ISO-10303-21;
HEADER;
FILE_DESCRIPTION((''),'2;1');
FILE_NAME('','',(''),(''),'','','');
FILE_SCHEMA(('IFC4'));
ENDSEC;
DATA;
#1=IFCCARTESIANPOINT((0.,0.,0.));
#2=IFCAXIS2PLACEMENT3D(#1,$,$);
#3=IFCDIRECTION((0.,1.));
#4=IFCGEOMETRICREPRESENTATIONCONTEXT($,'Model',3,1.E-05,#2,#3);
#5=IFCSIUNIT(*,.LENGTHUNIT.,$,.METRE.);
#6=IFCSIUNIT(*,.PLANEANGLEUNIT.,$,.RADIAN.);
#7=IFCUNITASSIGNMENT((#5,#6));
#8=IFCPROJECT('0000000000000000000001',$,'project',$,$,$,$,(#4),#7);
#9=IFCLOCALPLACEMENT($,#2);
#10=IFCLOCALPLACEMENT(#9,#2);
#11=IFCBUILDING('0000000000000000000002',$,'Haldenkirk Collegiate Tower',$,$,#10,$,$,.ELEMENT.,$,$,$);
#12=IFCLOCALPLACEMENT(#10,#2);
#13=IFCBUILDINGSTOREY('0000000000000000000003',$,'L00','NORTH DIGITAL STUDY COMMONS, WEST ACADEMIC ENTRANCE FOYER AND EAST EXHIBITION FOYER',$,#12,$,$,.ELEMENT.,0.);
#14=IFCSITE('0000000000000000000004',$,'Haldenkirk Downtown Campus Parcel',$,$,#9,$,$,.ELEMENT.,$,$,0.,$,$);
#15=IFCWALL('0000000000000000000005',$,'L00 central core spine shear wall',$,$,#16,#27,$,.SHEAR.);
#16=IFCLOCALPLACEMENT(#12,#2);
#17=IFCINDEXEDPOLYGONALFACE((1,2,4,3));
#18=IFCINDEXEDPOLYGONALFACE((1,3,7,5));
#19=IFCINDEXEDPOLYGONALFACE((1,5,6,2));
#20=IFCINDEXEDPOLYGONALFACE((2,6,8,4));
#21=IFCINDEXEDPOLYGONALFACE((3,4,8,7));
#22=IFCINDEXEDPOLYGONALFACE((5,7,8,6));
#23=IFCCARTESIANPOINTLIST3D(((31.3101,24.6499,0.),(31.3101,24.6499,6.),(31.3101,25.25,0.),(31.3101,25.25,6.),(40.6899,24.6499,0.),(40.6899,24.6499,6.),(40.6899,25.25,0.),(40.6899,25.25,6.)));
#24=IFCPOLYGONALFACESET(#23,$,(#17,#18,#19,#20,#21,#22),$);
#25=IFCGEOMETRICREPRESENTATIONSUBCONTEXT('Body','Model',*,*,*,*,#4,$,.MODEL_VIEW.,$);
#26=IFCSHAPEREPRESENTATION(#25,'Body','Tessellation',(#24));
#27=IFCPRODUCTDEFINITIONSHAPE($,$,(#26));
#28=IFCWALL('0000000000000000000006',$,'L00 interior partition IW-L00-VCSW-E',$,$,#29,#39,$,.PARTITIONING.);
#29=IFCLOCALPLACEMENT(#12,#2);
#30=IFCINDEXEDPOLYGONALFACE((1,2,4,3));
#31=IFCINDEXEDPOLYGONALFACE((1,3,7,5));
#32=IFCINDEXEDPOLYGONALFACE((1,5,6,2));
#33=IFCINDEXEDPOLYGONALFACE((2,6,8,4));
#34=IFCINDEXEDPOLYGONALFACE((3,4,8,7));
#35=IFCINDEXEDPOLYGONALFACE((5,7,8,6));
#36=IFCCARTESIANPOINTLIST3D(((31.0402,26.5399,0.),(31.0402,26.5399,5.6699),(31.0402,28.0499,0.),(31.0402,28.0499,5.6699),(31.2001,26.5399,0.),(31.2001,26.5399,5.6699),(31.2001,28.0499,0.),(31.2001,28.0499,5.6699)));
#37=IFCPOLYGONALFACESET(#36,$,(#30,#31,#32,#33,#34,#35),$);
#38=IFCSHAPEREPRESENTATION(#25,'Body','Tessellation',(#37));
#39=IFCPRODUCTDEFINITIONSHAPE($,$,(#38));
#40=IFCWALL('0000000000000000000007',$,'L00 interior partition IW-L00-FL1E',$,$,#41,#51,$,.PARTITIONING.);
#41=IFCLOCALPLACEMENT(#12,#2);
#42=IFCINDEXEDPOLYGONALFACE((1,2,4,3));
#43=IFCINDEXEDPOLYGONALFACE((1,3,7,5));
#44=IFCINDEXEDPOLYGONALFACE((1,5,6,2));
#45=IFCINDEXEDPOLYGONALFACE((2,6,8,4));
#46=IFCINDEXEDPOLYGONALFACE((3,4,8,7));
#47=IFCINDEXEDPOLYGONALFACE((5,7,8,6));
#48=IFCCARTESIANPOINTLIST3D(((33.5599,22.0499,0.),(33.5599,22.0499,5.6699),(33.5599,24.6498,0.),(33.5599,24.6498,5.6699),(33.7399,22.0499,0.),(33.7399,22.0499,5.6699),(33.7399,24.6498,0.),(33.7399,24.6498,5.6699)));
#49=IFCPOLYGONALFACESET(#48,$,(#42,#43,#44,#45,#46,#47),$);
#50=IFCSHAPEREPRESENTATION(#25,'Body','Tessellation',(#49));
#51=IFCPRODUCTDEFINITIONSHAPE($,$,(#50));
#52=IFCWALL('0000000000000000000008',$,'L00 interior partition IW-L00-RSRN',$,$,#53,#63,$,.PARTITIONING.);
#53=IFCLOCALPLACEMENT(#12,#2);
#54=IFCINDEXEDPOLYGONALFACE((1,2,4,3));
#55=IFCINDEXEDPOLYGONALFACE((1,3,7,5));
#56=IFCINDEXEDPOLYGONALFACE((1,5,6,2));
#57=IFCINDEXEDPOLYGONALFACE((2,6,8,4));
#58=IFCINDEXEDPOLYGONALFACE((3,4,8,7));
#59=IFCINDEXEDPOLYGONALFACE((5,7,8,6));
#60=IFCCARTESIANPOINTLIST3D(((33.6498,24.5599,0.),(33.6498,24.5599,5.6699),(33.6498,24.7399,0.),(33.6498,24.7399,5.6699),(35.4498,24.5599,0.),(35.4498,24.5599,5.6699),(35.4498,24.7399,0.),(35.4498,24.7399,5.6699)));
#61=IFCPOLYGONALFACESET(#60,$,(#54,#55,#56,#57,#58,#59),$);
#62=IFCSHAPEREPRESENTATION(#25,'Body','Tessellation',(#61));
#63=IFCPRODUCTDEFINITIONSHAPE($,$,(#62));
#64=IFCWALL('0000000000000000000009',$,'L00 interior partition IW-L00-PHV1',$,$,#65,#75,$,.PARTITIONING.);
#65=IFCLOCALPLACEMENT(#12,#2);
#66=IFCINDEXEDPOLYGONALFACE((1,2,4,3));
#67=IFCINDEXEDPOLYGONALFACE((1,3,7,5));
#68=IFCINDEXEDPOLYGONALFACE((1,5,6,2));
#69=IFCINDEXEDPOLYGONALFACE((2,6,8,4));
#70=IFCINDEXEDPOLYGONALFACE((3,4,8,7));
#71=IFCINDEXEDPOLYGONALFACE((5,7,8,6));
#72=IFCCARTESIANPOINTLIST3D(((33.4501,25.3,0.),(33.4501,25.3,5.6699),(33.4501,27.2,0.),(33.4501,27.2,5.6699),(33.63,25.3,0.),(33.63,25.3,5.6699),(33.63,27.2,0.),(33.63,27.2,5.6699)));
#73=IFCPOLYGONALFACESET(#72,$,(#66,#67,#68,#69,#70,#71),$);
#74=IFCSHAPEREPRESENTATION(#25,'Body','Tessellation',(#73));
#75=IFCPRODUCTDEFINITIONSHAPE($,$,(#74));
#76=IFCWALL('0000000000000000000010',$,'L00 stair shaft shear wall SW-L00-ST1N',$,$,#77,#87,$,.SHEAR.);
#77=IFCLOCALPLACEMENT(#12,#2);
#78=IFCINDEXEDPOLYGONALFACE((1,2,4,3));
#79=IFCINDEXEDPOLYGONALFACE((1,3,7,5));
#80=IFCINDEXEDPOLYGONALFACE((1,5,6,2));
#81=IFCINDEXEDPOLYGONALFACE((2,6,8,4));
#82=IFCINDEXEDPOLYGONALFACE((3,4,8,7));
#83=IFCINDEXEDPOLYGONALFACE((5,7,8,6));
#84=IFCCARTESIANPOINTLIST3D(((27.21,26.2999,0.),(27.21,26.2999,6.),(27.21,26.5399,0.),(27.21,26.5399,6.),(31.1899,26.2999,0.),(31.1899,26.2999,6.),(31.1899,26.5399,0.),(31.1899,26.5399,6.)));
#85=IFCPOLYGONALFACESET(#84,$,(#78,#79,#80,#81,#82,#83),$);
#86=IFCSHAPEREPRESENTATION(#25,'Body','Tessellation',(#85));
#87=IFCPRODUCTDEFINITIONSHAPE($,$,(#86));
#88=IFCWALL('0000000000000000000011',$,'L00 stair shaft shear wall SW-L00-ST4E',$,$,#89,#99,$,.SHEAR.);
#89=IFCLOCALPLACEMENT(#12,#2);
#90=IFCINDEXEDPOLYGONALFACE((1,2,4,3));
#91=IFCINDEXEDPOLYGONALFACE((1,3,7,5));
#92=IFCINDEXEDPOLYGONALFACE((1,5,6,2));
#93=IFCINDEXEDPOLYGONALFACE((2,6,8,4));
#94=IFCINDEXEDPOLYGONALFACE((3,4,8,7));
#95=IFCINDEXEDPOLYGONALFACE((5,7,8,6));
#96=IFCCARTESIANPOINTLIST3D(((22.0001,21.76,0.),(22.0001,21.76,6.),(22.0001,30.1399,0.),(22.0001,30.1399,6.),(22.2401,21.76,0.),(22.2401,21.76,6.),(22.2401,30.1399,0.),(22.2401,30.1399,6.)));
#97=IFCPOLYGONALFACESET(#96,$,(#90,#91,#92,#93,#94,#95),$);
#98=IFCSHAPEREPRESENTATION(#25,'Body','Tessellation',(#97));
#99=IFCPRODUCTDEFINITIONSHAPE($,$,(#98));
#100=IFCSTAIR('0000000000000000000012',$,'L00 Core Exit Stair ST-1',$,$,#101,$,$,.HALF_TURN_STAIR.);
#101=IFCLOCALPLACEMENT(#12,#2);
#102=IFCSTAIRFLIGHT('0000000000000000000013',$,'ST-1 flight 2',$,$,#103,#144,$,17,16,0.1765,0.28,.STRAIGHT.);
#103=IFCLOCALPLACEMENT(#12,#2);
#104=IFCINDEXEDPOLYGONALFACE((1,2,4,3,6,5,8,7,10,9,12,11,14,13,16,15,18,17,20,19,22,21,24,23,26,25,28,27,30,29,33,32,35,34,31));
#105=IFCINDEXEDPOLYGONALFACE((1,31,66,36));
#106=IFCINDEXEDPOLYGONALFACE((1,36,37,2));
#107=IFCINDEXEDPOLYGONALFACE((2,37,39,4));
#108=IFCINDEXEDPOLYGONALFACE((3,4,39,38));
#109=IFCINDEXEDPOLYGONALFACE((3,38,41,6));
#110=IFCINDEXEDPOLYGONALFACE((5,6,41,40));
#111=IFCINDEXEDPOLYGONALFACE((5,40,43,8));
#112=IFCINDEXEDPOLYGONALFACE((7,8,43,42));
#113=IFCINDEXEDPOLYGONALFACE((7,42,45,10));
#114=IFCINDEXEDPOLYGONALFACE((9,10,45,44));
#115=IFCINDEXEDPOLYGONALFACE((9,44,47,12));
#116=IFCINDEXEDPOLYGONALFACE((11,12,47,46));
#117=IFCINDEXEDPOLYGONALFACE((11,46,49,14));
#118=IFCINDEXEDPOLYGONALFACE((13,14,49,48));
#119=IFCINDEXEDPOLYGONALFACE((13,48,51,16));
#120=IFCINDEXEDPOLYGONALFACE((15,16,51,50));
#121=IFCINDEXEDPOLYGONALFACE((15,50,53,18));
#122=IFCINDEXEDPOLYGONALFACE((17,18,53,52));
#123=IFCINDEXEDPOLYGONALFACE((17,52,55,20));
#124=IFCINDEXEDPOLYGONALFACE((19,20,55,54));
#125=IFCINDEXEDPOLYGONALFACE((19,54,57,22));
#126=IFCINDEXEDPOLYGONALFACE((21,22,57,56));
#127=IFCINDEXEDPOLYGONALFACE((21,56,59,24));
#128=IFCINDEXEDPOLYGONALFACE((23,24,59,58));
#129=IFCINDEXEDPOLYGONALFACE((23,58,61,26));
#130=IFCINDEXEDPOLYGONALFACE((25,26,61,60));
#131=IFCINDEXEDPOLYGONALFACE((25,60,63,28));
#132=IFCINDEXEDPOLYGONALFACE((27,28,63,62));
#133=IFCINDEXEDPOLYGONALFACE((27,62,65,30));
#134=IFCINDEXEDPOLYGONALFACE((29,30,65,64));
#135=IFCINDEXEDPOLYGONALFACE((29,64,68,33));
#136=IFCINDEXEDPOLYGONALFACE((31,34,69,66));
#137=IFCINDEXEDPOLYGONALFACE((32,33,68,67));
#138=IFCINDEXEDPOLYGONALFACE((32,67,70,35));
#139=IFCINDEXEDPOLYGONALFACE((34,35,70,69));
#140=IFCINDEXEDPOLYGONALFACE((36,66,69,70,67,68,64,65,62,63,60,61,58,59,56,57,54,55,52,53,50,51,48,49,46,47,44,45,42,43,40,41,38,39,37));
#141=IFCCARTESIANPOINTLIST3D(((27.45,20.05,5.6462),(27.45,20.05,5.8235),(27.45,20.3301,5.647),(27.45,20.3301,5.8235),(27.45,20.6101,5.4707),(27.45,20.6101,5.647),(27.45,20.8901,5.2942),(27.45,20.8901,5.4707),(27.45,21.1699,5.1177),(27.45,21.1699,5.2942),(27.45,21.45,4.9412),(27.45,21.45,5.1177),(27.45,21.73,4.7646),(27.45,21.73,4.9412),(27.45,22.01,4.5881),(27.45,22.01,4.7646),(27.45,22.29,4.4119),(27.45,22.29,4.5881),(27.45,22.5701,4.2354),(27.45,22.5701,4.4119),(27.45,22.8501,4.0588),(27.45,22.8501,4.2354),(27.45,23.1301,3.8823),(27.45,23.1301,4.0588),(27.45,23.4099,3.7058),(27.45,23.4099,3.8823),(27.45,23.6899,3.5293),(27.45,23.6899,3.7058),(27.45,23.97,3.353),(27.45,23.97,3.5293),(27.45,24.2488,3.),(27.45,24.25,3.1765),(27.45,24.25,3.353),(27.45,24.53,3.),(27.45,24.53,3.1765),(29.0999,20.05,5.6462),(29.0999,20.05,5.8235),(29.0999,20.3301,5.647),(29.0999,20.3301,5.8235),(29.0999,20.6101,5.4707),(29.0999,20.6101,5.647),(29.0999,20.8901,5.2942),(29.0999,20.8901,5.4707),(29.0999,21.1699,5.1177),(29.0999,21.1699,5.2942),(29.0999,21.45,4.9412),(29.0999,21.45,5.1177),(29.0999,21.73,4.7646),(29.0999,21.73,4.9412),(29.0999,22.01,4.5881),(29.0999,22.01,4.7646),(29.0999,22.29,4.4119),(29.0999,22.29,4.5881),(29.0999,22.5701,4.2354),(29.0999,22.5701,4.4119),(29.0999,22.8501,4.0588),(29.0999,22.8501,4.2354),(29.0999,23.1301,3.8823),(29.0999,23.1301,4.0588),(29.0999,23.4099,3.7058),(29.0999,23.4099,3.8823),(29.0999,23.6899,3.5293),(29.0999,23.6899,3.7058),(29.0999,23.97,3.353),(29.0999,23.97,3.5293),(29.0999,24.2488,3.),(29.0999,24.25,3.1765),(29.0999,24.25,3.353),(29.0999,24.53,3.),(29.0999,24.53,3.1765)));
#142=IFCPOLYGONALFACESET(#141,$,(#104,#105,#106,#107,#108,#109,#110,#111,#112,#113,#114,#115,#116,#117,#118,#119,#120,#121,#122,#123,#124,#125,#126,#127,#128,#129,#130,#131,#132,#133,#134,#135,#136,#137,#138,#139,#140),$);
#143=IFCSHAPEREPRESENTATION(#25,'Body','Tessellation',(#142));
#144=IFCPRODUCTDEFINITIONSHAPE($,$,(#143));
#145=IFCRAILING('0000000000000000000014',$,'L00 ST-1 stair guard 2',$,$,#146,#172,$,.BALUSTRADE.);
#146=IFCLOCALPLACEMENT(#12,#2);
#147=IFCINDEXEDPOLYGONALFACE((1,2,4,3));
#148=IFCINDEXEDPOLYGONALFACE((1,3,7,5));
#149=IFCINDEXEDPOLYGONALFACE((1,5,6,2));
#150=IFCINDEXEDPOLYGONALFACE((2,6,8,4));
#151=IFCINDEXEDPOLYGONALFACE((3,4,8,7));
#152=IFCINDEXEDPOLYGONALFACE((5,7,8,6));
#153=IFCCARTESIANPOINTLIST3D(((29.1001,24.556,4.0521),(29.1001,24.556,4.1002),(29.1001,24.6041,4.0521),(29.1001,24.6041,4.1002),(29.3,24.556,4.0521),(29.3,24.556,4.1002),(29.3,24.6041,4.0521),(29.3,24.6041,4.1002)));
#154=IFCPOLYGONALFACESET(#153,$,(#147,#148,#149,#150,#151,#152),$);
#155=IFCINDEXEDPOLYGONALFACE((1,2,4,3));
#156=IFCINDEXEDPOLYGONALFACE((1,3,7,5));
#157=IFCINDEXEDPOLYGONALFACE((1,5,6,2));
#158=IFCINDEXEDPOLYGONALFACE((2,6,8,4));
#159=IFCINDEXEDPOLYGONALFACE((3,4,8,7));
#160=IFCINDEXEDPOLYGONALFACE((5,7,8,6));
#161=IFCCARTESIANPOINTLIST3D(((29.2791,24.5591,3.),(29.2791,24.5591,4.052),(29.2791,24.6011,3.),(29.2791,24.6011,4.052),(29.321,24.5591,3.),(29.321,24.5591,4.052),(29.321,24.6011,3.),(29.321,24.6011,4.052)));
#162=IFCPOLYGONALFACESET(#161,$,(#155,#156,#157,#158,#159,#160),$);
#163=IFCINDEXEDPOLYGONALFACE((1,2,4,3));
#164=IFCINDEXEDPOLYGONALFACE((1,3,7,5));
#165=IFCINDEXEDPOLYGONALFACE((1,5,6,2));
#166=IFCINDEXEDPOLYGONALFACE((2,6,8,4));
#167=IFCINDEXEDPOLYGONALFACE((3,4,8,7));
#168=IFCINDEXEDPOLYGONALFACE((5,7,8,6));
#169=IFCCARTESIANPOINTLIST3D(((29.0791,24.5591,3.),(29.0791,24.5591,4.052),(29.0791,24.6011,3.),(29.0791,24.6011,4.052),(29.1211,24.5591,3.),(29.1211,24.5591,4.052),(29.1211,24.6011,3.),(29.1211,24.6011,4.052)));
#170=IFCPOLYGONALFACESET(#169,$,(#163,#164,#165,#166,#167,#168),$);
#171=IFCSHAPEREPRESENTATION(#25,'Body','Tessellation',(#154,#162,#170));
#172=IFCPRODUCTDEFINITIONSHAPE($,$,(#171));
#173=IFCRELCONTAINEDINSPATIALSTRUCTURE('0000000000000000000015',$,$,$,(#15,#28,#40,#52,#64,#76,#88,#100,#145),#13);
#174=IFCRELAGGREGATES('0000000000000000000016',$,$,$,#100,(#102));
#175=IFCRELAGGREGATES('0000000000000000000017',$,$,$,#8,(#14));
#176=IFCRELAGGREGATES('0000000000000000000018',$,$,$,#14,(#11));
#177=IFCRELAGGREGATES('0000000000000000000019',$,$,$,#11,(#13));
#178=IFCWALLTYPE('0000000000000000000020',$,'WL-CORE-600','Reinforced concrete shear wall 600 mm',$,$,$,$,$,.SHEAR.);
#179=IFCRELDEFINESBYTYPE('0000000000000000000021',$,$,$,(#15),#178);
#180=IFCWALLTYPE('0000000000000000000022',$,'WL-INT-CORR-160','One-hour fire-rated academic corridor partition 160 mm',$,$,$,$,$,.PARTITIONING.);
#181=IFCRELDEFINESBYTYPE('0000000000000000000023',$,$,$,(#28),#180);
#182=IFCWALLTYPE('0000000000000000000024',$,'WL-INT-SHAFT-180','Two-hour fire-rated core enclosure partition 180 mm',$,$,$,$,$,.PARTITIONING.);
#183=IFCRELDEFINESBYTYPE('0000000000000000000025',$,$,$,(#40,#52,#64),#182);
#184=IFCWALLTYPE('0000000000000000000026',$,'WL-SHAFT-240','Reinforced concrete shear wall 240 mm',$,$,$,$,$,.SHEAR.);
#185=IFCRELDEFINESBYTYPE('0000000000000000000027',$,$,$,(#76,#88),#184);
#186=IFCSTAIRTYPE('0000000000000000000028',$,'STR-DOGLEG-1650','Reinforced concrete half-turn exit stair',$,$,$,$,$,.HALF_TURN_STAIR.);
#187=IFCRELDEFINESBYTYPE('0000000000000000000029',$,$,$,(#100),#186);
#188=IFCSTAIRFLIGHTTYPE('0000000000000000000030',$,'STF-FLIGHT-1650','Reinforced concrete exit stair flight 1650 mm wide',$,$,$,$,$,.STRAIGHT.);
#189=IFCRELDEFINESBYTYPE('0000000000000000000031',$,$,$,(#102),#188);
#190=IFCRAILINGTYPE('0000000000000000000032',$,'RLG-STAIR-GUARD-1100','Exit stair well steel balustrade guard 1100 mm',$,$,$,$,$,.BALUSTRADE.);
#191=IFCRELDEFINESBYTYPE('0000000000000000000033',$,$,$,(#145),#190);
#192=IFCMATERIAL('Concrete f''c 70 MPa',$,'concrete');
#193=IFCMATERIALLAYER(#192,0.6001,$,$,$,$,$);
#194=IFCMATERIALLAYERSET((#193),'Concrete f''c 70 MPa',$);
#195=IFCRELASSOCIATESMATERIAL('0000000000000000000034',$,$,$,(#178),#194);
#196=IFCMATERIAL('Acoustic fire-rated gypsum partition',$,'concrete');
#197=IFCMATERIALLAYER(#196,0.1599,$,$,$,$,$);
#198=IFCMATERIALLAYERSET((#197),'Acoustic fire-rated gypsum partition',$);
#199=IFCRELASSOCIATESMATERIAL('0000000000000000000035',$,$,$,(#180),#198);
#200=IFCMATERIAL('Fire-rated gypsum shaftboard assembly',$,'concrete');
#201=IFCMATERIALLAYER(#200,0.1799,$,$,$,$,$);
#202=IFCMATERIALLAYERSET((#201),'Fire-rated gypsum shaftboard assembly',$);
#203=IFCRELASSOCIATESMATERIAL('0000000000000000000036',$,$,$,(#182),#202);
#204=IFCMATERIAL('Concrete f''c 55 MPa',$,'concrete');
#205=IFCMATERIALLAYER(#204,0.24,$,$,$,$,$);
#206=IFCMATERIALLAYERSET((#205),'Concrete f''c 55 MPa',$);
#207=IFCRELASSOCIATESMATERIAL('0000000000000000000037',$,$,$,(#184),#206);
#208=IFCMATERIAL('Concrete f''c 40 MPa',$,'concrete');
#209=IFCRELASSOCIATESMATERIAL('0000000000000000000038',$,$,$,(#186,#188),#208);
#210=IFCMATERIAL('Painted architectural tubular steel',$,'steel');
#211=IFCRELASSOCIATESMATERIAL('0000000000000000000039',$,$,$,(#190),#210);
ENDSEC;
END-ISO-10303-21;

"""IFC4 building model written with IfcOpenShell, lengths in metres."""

from ifc_helpers import new_model, si_unit, direction, frame, frame_2d, origin, origin_2d, place, context, subcontext, project, spatial, polyline, rectangle, outline, extrude, material, layer, layer_set, type_object, element, aggregate, save


model = new_model("IFC4")

# Units and contexts
model_context = context("Model", 3, precision=1e-05, world=origin(), true_north=direction((0.0, 1.0)))
body_context = subcontext(model_context, "Body", "Model", "MODEL_VIEW")
ifc_project = project(units=[si_unit("LENGTHUNIT", "METRE"), si_unit("PLANEANGLEUNIT", "RADIAN")], contexts=[model_context])

# Site, building, storey
site_placement = place(None, origin())
site = spatial("IfcSite", under=ifc_project, at=site_placement, Name="Haldenkirk Downtown Campus Parcel", CompositionType="ELEMENT", RefElevation=0.0)
building_placement = place(site_placement, origin())
building = spatial("IfcBuilding", under=site, at=building_placement, Name="Haldenkirk Collegiate Tower", CompositionType="ELEMENT")
storey_placement = place(building_placement, origin())
storey = spatial("IfcBuildingStorey", under=building, at=storey_placement, Name="L00", Description="NORTH DIGITAL STUDY COMMONS, WEST ACADEMIC ENTRANCE FOYER AND EAST EXHIBITION FOYER", CompositionType="ELEMENT", Elevation=0.0)

# Walls
ifc_material_1 = material(Name="Concrete f'c 70 MPa", Category="concrete")
ifc_layer_1 = layer(ifc_material_1, 0.6001)
ifc_layer_set_1 = layer_set([ifc_layer_1], Name="Concrete f'c 70 MPa")
wall_type_1 = type_object("IfcWallType", Name="WL-CORE-600", Description="Reinforced concrete shear wall 600 mm", PredefinedType="SHEAR", material=ifc_layer_set_1)
wall_1_placement = place(storey_placement, frame((31.3101, 24.95, 0.0), z_axis=(0.0, 0.0, 1.0), x_axis=(1.0, 0.0, 0.0)))
element("IfcWall", 1, at=wall_1_placement, inside=storey, type_object=wall_type_1, Name="L00 central core spine shear wall", PredefinedType="SHEAR", context=body_context, shape_type="SweptSolid", body=[
    extrude(rectangle(XDim=9.3799, YDim=0.6001, at=frame_2d((4.6899, 0.0))), origin(), (0.0, 0.0, 1.0), 6.0),
])
ifc_material_2 = material(Name="Acoustic fire-rated gypsum partition", Category="concrete")
ifc_layer_2 = layer(ifc_material_2, 0.1599)
ifc_layer_set_2 = layer_set([ifc_layer_2], Name="Acoustic fire-rated gypsum partition")
wall_type_2 = type_object("IfcWallType", Name="WL-INT-CORR-160", Description="One-hour fire-rated academic corridor partition 160 mm", PredefinedType="PARTITIONING", material=ifc_layer_set_2)
wall_2_placement = place(storey_placement, frame((31.1201, 26.54, 0.0), z_axis=(0.0, 0.0, 1.0), x_axis=(0.0, 1.0, 0.0)))
element("IfcWall", 2, at=wall_2_placement, inside=storey, type_object=wall_type_2, Name="L00 interior partition IW-L00-VCSW-E", PredefinedType="PARTITIONING", context=body_context, shape_type="SweptSolid", body=[
    extrude(rectangle(XDim=1.51, YDim=0.1599, at=frame_2d((0.7549, 0.0))), origin(), (0.0, 0.0, 1.0), 5.6699),
])
ifc_material_3 = material(Name="Fire-rated gypsum shaftboard assembly", Category="concrete")
ifc_layer_3 = layer(ifc_material_3, 0.1799)
ifc_layer_set_3 = layer_set([ifc_layer_3], Name="Fire-rated gypsum shaftboard assembly")
wall_type_3 = type_object("IfcWallType", Name="WL-INT-SHAFT-180", Description="Two-hour fire-rated core enclosure partition 180 mm", PredefinedType="PARTITIONING", material=ifc_layer_set_3)
wall_3_placement = place(storey_placement, frame((33.6499, 22.05, 0.0), z_axis=(0.0, 0.0, 1.0), x_axis=(0.0, 1.0, 0.0)))
element("IfcWall", 3, at=wall_3_placement, inside=storey, type_object=wall_type_3, Name="L00 interior partition IW-L00-FL1E", PredefinedType="PARTITIONING", context=body_context, shape_type="SweptSolid", body=[
    extrude(rectangle(XDim=2.5999, YDim=0.1799, at=frame_2d((1.2998, 0.0))), origin(), (0.0, 0.0, 1.0), 5.6699),
])
wall_4_placement = place(storey_placement, frame((33.6499, 24.6499, 0.0), z_axis=(0.0, 0.0, 1.0), x_axis=(1.0, 0.0, 0.0)))
element("IfcWall", 4, at=wall_4_placement, inside=storey, type_object=wall_type_3, Name="L00 interior partition IW-L00-RSRN", PredefinedType="PARTITIONING", context=body_context, shape_type="SweptSolid", body=[
    extrude(rectangle(XDim=1.8, YDim=0.1799, at=frame_2d((0.8999, 0.0))), origin(), (0.0, 0.0, 1.0), 5.6699),
])
wall_5_placement = place(storey_placement, frame((33.54, 25.3, 0.0), z_axis=(0.0, 0.0, 1.0), x_axis=(0.0, 1.0, 0.0)))
element("IfcWall", 5, at=wall_5_placement, inside=storey, type_object=wall_type_3, Name="L00 interior partition IW-L00-PHV1", PredefinedType="PARTITIONING", context=body_context, shape_type="SweptSolid", body=[
    extrude(rectangle(XDim=1.8999, YDim=0.1799, at=frame_2d((0.95, 0.0))), origin(), (0.0, 0.0, 1.0), 5.6699),
])

# Walls
ifc_material_4 = material(Name="Concrete f'c 55 MPa", Category="concrete")
ifc_layer_4 = layer(ifc_material_4, 0.24)
ifc_layer_set_4 = layer_set([ifc_layer_4], Name="Concrete f'c 55 MPa")
wall_type_4 = type_object("IfcWallType", Name="WL-SHAFT-240", Description="Reinforced concrete shear wall 240 mm", PredefinedType="SHEAR", material=ifc_layer_set_4)
wall_6_placement = place(storey_placement, frame((27.21, 26.4199, 0.0), z_axis=(0.0, 0.0, 1.0), x_axis=(1.0, 0.0, 0.0)))
element("IfcWall", 6, at=wall_6_placement, inside=storey, type_object=wall_type_4, Name="L00 stair shaft shear wall SW-L00-ST1N", PredefinedType="SHEAR", context=body_context, shape_type="SweptSolid", body=[
    extrude(rectangle(XDim=3.98, YDim=0.24, at=frame_2d((1.99, 0.0))), origin(), (0.0, 0.0, 1.0), 6.0),
])
wall_7_placement = place(storey_placement, frame((22.1201, 21.76, 0.0), z_axis=(0.0, 0.0, 1.0), x_axis=(0.0, 1.0, 0.0)))
element("IfcWall", 7, at=wall_7_placement, inside=storey, type_object=wall_type_4, Name="L00 stair shaft shear wall SW-L00-ST4E", PredefinedType="SHEAR", context=body_context, shape_type="SweptSolid", body=[
    extrude(rectangle(XDim=8.3799, YDim=0.24, at=frame_2d((4.1899, 0.0))), origin(), (0.0, 0.0, 1.0), 6.0),
])

# Stair, stair flight
ifc_material_5 = material(Name="Concrete f'c 40 MPa", Category="concrete")
stair_type = type_object("IfcStairType", Name="STR-DOGLEG-1650", Description="Reinforced concrete half-turn exit stair", PredefinedType="HALF_TURN_STAIR", material=ifc_material_5)
stair_placement = place(storey_placement, origin())
stair = element("IfcStair", 8, at=stair_placement, inside=storey, type_object=stair_type, Name="L00 Core Exit Stair ST-1", PredefinedType="HALF_TURN_STAIR")
stair_flight_type = type_object("IfcStairFlightType", Name="STF-FLIGHT-1650", Description="Reinforced concrete exit stair flight 1650 mm wide", PredefinedType="STRAIGHT", material=ifc_material_5)
stair_flight_placement = place(storey_placement, frame((28.2749, 24.53, 3.0), z_axis=(0.0, 0.0, 1.0), x_axis=(0.0, -1.0, 0.0)))
stair_flight = element("IfcStairFlight", 9, at=stair_flight_placement, type_object=stair_flight_type, Name="ST-1 flight 2", NumberOfRisers=17, NumberOfTreads=16, PredefinedType="STRAIGHT", RiserHeight=0.1765, TreadLength=0.28, context=body_context, shape_type="SweptSolid", body=[
    extrude(outline(polyline([(0.0, 0.0), (0.0, 0.1765), (0.28, 0.1765), (0.28, 0.353), (0.5601, 0.353), (0.5601, 0.5293), (0.8401, 0.5293), (0.8401, 0.7058), (1.1201, 0.7058), (1.1201, 0.8823), (1.3999, 0.8823), (1.3999, 1.0588), (1.6799, 1.0588), (1.6799, 1.2354), (1.96, 1.2354), (1.96, 1.4119), (2.24, 1.4119), (2.24, 1.5881), (2.52, 1.5881), (2.52, 1.7646), (2.8, 1.7646), (2.8, 1.9412), (3.0801, 1.9412), (3.0801, 2.1177), (3.3601, 2.1177), (3.3601, 2.2942), (3.6399, 2.2942), (3.6399, 2.4707), (3.9199, 2.4707), (3.9199, 2.647), (4.2, 2.647), (4.2, 2.8235), (4.48, 2.8235), (4.48, 3.0), (4.48, 2.6462), (0.2812, 0.0), (0.0, 0.0)])), frame((0.0, 0.825, 0.0), z_axis=(0.0, -1.0, 0.0), x_axis=(1.0, 0.0, 0.0)), (0.0, 0.0, 1.0), 1.6499),
])
aggregate(stair, [stair_flight])

# Railing
ifc_material_6 = material(Name="Painted architectural tubular steel", Category="steel")
railing_type_1 = type_object("IfcRailingType", Name="RLG-STAIR-GUARD-1100", Description="Exit stair well steel balustrade guard 1100 mm", PredefinedType="BALUSTRADE", material=ifc_material_6)
railing_1_placement = place(storey_placement, frame((29.3, 24.5801, 3.0)))
element("IfcRailing", 10, at=railing_1_placement, inside=storey, type_object=railing_type_1, Name="L00 ST-1 stair guard 2", PredefinedType="BALUSTRADE", context=body_context, shape_type="SweptSolid", body=[
    extrude(rectangle(XDim=0.0481, YDim=0.0481, at=origin_2d()), frame((0.0, 0.0, 1.0762), z_axis=(-1.0, 0.0, 0.0), x_axis=(0.0, -1.0, 0.0)), (0.0, 0.0, 1.0), 0.2),
    extrude(rectangle(XDim=0.042, YDim=0.042, at=origin_2d()), origin(), (0.0, 0.0, 1.0), 1.052),
    extrude(rectangle(XDim=0.042, YDim=0.042, at=origin_2d()), frame((-0.2, 0.0, 0.0)), (0.0, 0.0, 1.0), 1.052),
])

save(model, "model.ifc")
